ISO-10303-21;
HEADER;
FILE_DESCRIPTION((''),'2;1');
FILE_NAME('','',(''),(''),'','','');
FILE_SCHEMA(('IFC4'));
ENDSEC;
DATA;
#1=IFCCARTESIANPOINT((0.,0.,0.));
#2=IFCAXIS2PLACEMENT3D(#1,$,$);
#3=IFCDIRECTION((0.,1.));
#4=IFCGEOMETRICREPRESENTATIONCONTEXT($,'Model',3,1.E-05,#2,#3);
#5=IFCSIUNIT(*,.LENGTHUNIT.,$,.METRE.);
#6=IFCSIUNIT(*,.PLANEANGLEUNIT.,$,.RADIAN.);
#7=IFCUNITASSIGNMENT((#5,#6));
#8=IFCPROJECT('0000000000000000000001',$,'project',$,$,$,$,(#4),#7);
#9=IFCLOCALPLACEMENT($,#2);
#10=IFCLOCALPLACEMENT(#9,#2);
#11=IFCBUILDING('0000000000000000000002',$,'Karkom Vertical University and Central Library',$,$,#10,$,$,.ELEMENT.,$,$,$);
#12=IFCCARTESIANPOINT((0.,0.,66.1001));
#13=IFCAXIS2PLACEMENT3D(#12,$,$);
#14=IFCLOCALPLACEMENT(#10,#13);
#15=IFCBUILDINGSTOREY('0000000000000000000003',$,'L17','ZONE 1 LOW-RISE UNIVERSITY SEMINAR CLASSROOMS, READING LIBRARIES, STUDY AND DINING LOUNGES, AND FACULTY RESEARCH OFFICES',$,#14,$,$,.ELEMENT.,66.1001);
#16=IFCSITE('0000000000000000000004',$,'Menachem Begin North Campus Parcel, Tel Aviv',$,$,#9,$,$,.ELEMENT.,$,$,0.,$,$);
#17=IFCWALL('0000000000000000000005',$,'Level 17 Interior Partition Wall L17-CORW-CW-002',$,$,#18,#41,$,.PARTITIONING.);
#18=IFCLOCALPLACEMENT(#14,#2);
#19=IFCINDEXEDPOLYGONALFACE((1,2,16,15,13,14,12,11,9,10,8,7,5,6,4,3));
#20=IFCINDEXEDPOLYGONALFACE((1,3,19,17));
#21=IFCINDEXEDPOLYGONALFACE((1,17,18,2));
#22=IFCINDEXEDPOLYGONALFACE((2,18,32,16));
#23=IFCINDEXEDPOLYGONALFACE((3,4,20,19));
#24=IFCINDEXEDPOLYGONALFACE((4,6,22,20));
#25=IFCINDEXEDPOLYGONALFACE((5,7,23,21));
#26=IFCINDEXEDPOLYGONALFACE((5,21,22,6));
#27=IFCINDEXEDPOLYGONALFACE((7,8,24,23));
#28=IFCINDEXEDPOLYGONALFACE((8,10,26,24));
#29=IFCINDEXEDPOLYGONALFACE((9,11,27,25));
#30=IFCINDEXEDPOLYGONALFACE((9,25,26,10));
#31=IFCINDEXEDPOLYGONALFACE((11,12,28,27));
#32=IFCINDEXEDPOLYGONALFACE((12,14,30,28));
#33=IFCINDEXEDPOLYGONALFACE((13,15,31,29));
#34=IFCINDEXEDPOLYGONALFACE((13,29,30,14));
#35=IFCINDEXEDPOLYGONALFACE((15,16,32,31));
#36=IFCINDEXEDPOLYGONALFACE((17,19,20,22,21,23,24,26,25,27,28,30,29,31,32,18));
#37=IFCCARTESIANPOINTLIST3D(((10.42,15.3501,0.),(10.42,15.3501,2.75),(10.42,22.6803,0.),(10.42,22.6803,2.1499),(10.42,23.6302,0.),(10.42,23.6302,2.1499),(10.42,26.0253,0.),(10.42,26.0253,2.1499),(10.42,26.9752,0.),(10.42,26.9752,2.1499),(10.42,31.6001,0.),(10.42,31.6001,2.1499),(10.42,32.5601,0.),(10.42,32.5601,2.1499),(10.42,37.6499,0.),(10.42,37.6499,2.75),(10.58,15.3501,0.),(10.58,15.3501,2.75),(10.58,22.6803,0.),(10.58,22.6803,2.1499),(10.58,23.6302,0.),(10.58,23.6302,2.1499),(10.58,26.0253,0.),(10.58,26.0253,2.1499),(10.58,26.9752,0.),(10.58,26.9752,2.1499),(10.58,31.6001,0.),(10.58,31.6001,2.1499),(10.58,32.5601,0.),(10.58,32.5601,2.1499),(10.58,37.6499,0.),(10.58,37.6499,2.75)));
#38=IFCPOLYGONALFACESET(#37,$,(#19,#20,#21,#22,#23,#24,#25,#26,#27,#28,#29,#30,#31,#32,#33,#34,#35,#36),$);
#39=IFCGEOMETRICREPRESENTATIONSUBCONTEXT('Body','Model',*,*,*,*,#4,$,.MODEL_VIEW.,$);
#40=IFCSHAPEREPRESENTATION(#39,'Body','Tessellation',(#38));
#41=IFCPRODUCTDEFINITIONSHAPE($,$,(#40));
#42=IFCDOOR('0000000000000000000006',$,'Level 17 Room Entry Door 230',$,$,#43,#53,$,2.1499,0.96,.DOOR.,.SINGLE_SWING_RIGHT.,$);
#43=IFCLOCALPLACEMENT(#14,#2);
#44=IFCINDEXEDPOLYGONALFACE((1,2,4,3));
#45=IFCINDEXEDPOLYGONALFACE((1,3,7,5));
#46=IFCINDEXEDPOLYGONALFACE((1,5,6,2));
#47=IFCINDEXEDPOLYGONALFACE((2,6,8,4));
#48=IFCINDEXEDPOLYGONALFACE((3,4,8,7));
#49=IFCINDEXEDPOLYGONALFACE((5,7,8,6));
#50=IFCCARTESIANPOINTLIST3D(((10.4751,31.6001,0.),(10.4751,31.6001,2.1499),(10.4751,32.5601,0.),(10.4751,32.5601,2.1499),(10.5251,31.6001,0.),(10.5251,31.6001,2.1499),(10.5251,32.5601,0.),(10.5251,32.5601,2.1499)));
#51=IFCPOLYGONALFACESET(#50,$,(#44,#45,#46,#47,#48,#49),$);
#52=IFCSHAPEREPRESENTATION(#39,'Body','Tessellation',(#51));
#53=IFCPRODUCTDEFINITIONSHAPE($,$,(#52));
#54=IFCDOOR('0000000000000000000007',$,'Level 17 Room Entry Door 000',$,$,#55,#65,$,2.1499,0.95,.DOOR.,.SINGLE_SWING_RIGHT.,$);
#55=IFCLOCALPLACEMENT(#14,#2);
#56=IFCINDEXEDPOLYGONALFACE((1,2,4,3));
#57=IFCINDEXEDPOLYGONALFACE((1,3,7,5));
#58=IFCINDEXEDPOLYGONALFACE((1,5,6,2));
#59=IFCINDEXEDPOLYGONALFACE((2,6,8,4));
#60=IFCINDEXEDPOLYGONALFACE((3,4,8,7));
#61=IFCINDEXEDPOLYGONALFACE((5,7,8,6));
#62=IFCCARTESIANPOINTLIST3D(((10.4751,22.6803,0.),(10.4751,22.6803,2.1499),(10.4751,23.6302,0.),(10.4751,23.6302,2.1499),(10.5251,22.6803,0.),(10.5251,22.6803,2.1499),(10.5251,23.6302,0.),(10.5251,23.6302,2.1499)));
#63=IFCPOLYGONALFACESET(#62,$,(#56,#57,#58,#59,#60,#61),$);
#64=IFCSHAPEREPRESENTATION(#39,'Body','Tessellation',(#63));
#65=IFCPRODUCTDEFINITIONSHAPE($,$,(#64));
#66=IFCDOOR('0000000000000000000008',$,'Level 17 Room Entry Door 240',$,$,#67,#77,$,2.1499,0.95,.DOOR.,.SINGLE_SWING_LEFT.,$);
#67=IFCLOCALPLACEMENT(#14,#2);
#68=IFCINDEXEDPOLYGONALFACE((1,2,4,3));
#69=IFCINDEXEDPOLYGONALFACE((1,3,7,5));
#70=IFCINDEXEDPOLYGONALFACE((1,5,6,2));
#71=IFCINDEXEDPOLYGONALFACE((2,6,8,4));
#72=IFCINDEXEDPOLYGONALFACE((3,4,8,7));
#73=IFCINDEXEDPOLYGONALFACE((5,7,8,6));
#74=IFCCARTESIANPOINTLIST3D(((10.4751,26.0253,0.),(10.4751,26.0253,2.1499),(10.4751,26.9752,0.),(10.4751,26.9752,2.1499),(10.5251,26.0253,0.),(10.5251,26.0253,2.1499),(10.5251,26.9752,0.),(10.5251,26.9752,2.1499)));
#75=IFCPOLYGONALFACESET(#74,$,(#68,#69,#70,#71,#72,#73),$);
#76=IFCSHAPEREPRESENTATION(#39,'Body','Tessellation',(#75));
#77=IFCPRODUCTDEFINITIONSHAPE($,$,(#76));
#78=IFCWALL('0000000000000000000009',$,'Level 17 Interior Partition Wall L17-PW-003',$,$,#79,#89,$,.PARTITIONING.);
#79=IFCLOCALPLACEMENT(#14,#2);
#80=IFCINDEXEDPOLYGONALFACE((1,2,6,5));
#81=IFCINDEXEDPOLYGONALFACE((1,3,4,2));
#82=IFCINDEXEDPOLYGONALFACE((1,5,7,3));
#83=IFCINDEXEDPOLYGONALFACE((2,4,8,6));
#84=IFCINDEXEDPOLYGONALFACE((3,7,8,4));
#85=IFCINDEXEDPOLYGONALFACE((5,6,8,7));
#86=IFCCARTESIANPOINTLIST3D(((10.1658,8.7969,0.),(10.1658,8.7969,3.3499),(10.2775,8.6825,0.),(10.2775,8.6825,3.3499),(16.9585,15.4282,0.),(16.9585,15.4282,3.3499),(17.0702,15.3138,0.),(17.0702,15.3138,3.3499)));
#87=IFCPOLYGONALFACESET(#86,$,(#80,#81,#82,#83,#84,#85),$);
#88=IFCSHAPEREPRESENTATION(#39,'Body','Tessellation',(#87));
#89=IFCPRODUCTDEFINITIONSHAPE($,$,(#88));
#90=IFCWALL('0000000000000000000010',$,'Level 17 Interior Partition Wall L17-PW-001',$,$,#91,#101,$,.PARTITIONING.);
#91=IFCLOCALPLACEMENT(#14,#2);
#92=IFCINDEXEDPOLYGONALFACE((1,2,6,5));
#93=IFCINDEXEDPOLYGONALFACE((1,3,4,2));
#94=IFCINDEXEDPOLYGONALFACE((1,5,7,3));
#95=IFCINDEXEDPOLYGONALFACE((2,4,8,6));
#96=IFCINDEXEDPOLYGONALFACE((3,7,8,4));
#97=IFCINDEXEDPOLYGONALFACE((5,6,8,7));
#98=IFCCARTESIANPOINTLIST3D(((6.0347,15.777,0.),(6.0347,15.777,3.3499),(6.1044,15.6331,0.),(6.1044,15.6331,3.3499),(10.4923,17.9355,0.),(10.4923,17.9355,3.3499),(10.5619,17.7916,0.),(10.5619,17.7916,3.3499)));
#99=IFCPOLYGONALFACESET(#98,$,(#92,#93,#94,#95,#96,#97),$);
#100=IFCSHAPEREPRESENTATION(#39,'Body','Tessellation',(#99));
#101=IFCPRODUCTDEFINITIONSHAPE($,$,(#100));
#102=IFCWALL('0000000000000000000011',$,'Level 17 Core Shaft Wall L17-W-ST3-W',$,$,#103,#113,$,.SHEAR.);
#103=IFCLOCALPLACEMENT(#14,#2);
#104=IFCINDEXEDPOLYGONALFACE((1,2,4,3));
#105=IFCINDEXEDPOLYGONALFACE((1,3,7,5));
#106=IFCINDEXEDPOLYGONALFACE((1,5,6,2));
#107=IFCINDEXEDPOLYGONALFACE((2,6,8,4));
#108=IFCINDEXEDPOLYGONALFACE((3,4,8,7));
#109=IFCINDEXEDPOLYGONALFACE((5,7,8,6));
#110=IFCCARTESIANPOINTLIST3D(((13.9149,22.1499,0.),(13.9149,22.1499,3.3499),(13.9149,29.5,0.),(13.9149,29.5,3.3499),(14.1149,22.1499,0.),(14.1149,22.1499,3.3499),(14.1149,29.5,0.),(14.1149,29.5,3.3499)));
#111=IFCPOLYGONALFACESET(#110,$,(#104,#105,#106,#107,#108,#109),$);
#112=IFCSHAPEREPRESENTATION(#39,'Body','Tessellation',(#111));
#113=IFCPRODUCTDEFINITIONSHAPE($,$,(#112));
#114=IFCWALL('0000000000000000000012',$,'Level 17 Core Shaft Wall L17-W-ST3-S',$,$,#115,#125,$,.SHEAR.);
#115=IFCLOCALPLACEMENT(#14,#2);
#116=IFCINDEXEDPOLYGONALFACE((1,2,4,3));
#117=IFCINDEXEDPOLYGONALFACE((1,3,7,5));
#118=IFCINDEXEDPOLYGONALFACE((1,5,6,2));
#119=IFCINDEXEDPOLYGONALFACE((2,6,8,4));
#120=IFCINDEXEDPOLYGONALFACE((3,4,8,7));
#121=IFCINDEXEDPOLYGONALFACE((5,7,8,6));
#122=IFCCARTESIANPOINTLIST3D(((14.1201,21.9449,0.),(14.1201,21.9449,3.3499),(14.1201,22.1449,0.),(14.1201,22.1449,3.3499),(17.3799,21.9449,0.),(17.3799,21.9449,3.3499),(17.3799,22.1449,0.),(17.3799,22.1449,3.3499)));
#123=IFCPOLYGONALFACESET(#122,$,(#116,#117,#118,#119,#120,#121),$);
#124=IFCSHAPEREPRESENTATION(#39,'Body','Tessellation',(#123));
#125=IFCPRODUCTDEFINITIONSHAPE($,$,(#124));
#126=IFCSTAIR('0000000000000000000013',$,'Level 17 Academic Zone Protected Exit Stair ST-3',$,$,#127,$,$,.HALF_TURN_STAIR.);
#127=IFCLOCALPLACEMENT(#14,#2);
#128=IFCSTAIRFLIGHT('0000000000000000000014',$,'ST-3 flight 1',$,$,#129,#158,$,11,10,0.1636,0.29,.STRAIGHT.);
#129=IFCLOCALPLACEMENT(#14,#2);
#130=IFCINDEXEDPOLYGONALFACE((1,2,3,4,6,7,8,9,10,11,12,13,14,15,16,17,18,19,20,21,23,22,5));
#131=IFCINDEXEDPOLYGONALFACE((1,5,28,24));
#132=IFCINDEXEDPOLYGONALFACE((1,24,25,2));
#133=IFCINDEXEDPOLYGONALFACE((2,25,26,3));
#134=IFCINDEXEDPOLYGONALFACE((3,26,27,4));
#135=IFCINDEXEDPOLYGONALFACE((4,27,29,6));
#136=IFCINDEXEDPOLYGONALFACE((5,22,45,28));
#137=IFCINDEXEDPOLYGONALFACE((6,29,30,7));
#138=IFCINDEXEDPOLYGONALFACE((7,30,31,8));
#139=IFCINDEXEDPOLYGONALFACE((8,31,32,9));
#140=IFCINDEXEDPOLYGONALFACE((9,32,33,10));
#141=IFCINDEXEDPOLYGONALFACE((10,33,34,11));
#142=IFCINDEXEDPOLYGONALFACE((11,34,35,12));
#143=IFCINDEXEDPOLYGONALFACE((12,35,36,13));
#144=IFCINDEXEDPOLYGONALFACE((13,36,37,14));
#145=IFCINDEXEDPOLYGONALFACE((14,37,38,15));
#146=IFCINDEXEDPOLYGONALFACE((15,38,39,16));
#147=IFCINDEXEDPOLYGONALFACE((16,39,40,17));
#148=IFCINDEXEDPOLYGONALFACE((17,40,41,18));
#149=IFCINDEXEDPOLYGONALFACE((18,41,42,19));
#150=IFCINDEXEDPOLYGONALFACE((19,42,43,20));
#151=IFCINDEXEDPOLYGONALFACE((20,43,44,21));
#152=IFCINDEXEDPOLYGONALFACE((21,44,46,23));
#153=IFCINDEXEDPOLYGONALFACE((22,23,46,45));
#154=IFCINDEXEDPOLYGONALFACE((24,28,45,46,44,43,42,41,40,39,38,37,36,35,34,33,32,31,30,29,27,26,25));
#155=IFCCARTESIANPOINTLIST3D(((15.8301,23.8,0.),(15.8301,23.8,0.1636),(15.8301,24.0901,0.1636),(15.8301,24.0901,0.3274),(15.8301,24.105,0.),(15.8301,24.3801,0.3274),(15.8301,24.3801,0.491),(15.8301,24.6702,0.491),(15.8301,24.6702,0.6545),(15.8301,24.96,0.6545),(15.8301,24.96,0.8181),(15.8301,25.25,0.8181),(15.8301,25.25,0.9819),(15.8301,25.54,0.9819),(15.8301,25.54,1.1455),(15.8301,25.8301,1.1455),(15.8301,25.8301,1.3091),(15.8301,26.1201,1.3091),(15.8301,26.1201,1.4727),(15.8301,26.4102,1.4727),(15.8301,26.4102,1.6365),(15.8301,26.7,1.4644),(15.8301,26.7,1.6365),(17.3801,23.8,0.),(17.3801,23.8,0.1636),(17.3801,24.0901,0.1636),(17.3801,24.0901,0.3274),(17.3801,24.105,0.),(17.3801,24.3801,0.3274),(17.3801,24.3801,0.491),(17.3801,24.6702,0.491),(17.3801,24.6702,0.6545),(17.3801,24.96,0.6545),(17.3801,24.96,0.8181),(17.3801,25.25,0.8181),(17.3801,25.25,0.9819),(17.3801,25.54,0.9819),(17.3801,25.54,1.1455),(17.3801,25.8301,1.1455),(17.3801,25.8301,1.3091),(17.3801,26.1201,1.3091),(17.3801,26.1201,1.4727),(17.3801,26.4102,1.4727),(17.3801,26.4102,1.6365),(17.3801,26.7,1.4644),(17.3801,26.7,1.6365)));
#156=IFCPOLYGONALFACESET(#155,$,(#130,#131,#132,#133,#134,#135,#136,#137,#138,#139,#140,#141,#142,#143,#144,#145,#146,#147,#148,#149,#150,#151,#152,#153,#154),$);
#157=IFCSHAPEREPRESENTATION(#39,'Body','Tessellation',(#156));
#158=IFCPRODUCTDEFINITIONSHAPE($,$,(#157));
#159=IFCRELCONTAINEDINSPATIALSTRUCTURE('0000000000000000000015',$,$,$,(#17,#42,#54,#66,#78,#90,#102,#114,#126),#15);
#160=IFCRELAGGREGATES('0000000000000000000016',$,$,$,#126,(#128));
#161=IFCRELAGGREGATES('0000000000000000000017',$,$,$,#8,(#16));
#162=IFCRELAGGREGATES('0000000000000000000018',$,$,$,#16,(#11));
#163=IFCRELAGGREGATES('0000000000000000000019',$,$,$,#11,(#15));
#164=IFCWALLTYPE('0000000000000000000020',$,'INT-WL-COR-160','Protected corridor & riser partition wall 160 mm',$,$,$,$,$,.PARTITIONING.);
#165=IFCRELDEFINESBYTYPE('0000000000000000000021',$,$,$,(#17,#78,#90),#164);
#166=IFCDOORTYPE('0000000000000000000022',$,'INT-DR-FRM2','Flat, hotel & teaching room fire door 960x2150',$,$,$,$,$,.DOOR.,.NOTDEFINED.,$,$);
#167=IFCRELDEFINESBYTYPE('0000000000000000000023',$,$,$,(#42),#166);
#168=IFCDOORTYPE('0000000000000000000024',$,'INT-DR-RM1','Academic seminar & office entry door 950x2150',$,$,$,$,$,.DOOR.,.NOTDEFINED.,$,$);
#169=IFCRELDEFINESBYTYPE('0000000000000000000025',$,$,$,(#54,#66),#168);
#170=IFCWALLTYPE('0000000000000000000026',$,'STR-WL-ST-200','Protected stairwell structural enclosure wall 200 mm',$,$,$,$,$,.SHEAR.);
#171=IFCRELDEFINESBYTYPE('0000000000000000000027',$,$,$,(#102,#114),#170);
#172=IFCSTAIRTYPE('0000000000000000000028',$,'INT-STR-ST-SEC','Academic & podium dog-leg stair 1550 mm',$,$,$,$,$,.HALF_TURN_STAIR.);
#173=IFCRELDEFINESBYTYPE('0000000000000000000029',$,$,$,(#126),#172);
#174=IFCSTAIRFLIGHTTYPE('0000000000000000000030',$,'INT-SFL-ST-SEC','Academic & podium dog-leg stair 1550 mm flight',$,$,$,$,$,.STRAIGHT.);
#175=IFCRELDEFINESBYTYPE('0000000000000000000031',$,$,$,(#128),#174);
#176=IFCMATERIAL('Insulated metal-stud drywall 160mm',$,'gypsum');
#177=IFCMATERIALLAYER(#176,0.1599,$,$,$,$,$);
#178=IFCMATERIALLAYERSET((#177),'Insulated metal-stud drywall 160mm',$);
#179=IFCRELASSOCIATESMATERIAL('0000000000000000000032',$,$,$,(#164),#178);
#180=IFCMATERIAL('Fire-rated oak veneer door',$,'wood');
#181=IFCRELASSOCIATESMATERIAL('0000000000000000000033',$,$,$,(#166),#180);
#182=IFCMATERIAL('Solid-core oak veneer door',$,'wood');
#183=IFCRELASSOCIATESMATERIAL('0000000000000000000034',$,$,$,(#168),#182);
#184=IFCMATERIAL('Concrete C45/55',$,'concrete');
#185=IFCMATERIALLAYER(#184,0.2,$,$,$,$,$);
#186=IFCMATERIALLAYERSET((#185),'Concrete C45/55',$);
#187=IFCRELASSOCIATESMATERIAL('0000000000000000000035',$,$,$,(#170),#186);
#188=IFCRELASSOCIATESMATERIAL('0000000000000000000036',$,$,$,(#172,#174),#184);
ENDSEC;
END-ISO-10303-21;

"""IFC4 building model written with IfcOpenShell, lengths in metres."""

from ifc_helpers import new_model, si_unit, direction, frame, frame_2d, origin, origin_with_axes, place, context, subcontext, project, spatial, polyline, rectangle, outline, extrude, source, transform, mapped, material, layer, layer_set, type_object, element, fill, aggregate, save


model = new_model("IFC4")

# Units and contexts
model_context = context("Model", 3, precision=1e-05, world=origin(), true_north=direction((0.0, 1.0)))
body_context = subcontext(model_context, "Body", "Model", "MODEL_VIEW")
ifc_project = project(units=[si_unit("LENGTHUNIT", "METRE"), si_unit("PLANEANGLEUNIT", "RADIAN")], contexts=[model_context])

# Site, building, storey
site_placement = place(None, origin())
site = spatial("IfcSite", under=ifc_project, at=site_placement, Name="Menachem Begin North Campus Parcel, Tel Aviv", CompositionType="ELEMENT", RefElevation=0.0)
building_placement = place(site_placement, origin())
building = spatial("IfcBuilding", under=site, at=building_placement, Name="Karkom Vertical University and Central Library", CompositionType="ELEMENT")
storey_placement = place(building_placement, frame((0.0, 0.0, 66.1001)))
storey = spatial("IfcBuildingStorey", under=building, at=storey_placement, Name="L17", Description="ZONE 1 LOW-RISE UNIVERSITY SEMINAR CLASSROOMS, READING LIBRARIES, STUDY AND DINING LOUNGES, AND FACULTY RESEARCH OFFICES", CompositionType="ELEMENT", Elevation=66.1001)

# Wall, openings, doors
ifc_material_1 = material(Name="Insulated metal-stud drywall 160mm", Category="gypsum")
ifc_layer_1 = layer(ifc_material_1, 0.1599)
ifc_layer_set_1 = layer_set([ifc_layer_1], Name="Insulated metal-stud drywall 160mm")
wall_type_1 = type_object("IfcWallType", Name="INT-WL-COR-160", Description="Protected corridor & riser partition wall 160 mm", PredefinedType="PARTITIONING", material=ifc_layer_set_1)
wall_1_placement = place(storey_placement, frame((10.5, 15.3501, 0.0), z_axis=(0.0, 0.0, 1.0), x_axis=(0.0, 1.0, 0.0)))
wall_1 = element("IfcWall", 1, at=wall_1_placement, inside=storey, type_object=wall_type_1, Name="Level 17 Interior Partition Wall L17-CORW-CW-002", PredefinedType="PARTITIONING", context=body_context, shape_type="SweptSolid", body=[
    extrude(rectangle(XDim=22.2998, YDim=0.1599, at=frame_2d((11.1499, 0.0))), origin(), (0.0, 0.0, 1.0), 2.75),
])
opening_1_placement = place(wall_1_placement, frame((7.3301, 0.0, 0.0)))
opening_1 = element("IfcOpeningElement", 2, at=opening_1_placement, cuts=wall_1, PredefinedType="OPENING", context=body_context, shape_type="SweptSolid", body=[
    extrude(rectangle(XDim=0.95, YDim=2.1499, at=frame_2d((0.4751, 1.075))), frame((0.0, 0.0898, 0.0), z_axis=(0.0, -1.0, 0.0), x_axis=(1.0, 0.0, 0.0)), (0.0, 0.0, 1.0), 0.1799),
])
opening_2_placement = place(wall_1_placement, frame((16.25, 0.0, 0.0)))
opening_2 = element("IfcOpeningElement", 3, at=opening_2_placement, cuts=wall_1, PredefinedType="OPENING", context=body_context, shape_type="SweptSolid", body=[
    extrude(rectangle(XDim=0.96, YDim=2.1499, at=frame_2d((0.48, 1.075))), frame((0.0, 0.0898, 0.0), z_axis=(0.0, -1.0, 0.0), x_axis=(1.0, 0.0, 0.0)), (0.0, 0.0, 1.0), 0.1799),
])
opening_3_placement = place(wall_1_placement, frame((10.675, 0.0, 0.0)))
opening_3 = element("IfcOpeningElement", 4, at=opening_3_placement, cuts=wall_1, PredefinedType="OPENING", context=body_context, shape_type="SweptSolid", body=[
    extrude(rectangle(XDim=0.95, YDim=2.1499, at=frame_2d((0.4751, 1.075))), frame((0.0, 0.0898, 0.0), z_axis=(0.0, -1.0, 0.0), x_axis=(1.0, 0.0, 0.0)), (0.0, 0.0, 1.0), 0.1799),
])
ifc_material_2 = material(Name="Fire-rated oak veneer door", Category="wood")
door_type_1 = type_object("IfcDoorType", Name="INT-DR-FRM2", Description="Flat, hotel & teaching room fire door 960x2150", OperationType="NOTDEFINED", PredefinedType="DOOR", material=ifc_material_2)
shared_shape_1 = source(origin_with_axes(), body_context, "Body", "SweptSolid", [
    extrude(rectangle(XDim=0.96, YDim=2.1499, at=frame_2d((0.48, 1.075))), frame((0.0, 0.0249, 0.0), z_axis=(0.0, -1.0, 0.0), x_axis=(1.0, 0.0, 0.0)), (0.0, 0.0, 1.0), 0.05),
])
door_1_placement = place(opening_2_placement, origin())
door_1 = element("IfcDoor", 5, at=door_1_placement, inside=storey, type_object=door_type_1, Name="Level 17 Room Entry Door 230", OperationType="SINGLE_SWING_RIGHT", OverallHeight=2.1499, OverallWidth=0.96, PredefinedType="DOOR", context=body_context, shape_type="MappedRepresentation", body=[
    mapped(shared_shape_1, transform((0.0, 0.0, 0.0), scale=1.0)),
])
fill(opening_2, door_1)
ifc_material_3 = material(Name="Solid-core oak veneer door", Category="wood")
door_type_2 = type_object("IfcDoorType", Name="INT-DR-RM1", Description="Academic seminar & office entry door 950x2150", OperationType="NOTDEFINED", PredefinedType="DOOR", material=ifc_material_3)
shared_shape_2 = source(origin_with_axes(), body_context, "Body", "SweptSolid", [
    extrude(rectangle(XDim=0.95, YDim=2.1499, at=frame_2d((0.4751, 1.075))), frame((0.0, 0.0249, 0.0), z_axis=(0.0, -1.0, 0.0), x_axis=(1.0, 0.0, 0.0)), (0.0, 0.0, 1.0), 0.05),
])
door_2_placement = place(opening_1_placement, origin())
door_2 = element("IfcDoor", 6, at=door_2_placement, inside=storey, type_object=door_type_2, Name="Level 17 Room Entry Door 000", OperationType="SINGLE_SWING_RIGHT", OverallHeight=2.1499, OverallWidth=0.95, PredefinedType="DOOR", context=body_context, shape_type="MappedRepresentation", body=[
    mapped(shared_shape_2, transform((0.0, 0.0, 0.0), scale=1.0)),
])
fill(opening_1, door_2)
door_3_placement = place(opening_3_placement, origin())
door_3 = element("IfcDoor", 7, at=door_3_placement, inside=storey, type_object=door_type_2, Name="Level 17 Room Entry Door 240", OperationType="SINGLE_SWING_LEFT", OverallHeight=2.1499, OverallWidth=0.95, PredefinedType="DOOR", context=body_context, shape_type="MappedRepresentation", body=[
    mapped(shared_shape_2, transform((0.0, 0.0, 0.0), scale=1.0)),
])
fill(opening_3, door_3)

# Walls
wall_2_placement = place(storey_placement, frame((17.0144, 15.3711, 0.0), z_axis=(0.0, 0.0, 1.0), x_axis=(-0.715556, -0.698556, 0.0)))
element("IfcWall", 8, at=wall_2_placement, inside=storey, type_object=wall_type_1, Name="Level 17 Interior Partition Wall L17-PW-003", PredefinedType="PARTITIONING", context=body_context, shape_type="SweptSolid", body=[
    extrude(rectangle(XDim=9.4929, YDim=0.1599, at=frame_2d((4.7466, 0.0))), origin(), (0.0, 0.0, 1.0), 3.3499),
])
wall_3_placement = place(storey_placement, frame((10.5271, 17.8635, 0.0), z_axis=(0.0, 0.0, 1.0), x_axis=(-0.900034, -0.43582, 0.0)))
element("IfcWall", 9, at=wall_3_placement, inside=storey, type_object=wall_type_1, Name="Level 17 Interior Partition Wall L17-PW-001", PredefinedType="PARTITIONING", context=body_context, shape_type="SweptSolid", body=[
    extrude(rectangle(XDim=4.9526, YDim=0.1599, at=frame_2d((2.4763, 0.0))), origin(), (0.0, 0.0, 1.0), 3.3499),
])
ifc_material_4 = material(Name="Concrete C45/55", Category="concrete")
ifc_layer_2 = layer(ifc_material_4, 0.2)
ifc_layer_set_2 = layer_set([ifc_layer_2], Name="Concrete C45/55")
wall_type_2 = type_object("IfcWallType", Name="STR-WL-ST-200", Description="Protected stairwell structural enclosure wall 200 mm", PredefinedType="SHEAR", material=ifc_layer_set_2)
wall_4_placement = place(storey_placement, frame((14.0149, 22.1499, 0.0), z_axis=(0.0, 0.0, 1.0), x_axis=(0.0, 1.0, 0.0)))
element("IfcWall", 10, at=wall_4_placement, inside=storey, type_object=wall_type_2, Name="Level 17 Core Shaft Wall L17-W-ST3-W", PredefinedType="SHEAR", context=body_context, shape_type="SweptSolid", body=[
    extrude(rectangle(XDim=7.3501, YDim=0.2, at=frame_2d((3.675, 0.0))), origin(), (0.0, 0.0, 1.0), 3.3499),
])
wall_5_placement = place(storey_placement, frame((14.1201, 22.0449, 0.0), z_axis=(0.0, 0.0, 1.0), x_axis=(1.0, 0.0, 0.0)))
element("IfcWall", 11, at=wall_5_placement, inside=storey, type_object=wall_type_2, Name="Level 17 Core Shaft Wall L17-W-ST3-S", PredefinedType="SHEAR", context=body_context, shape_type="SweptSolid", body=[
    extrude(rectangle(XDim=3.2598, YDim=0.2, at=frame_2d((1.6299, 0.0))), origin(), (0.0, 0.0, 1.0), 3.3499),
])

# Stair, stair flight
stair_type = type_object("IfcStairType", Name="INT-STR-ST-SEC", Description="Academic & podium dog-leg stair 1550 mm", PredefinedType="HALF_TURN_STAIR", material=ifc_material_4)
stair_placement = place(storey_placement, origin())
stair = element("IfcStair", 12, at=stair_placement, inside=storey, type_object=stair_type, Name="Level 17 Academic Zone Protected Exit Stair ST-3", PredefinedType="HALF_TURN_STAIR")
stair_flight_type = type_object("IfcStairFlightType", Name="INT-SFL-ST-SEC", Description="Academic & podium dog-leg stair 1550 mm flight", PredefinedType="STRAIGHT", material=ifc_material_4)
stair_flight_placement = place(storey_placement, frame((16.605, 23.8, 0.0), z_axis=(0.0, 0.0, 1.0), x_axis=(0.0, 1.0, 0.0)))
stair_flight = element("IfcStairFlight", 13, at=stair_flight_placement, type_object=stair_flight_type, Name="ST-3 flight 1", NumberOfRisers=11, NumberOfTreads=10, PredefinedType="STRAIGHT", RiserHeight=0.1636, TreadLength=0.29, context=body_context, shape_type="SweptSolid", body=[
    extrude(outline(polyline([(0.0, 0.0), (0.0, 0.1636), (0.29, 0.1636), (0.29, 0.3274), (0.5801, 0.3274), (0.5801, 0.491), (0.8701, 0.491), (0.8701, 0.6545), (1.1599, 0.6545), (1.1599, 0.8181), (1.45, 0.8181), (1.45, 0.9819), (1.74, 0.9819), (1.74, 1.1455), (2.03, 1.1455), (2.03, 1.3091), (2.3201, 1.3091), (2.3201, 1.4727), (2.6101, 1.4727), (2.6101, 1.6365), (2.8999, 1.6365), (2.8999, 1.8), (2.8999, 1.4644), (0.3049, 0.0), (0.0, 0.0)])), frame((0.0, 0.7749, 0.0), z_axis=(0.0, -1.0, 0.0), x_axis=(1.0, 0.0, 0.0)), (0.0, 0.0, 1.0), 1.55),
])
aggregate(stair, [stair_flight])

save(model, "model.ifc")
